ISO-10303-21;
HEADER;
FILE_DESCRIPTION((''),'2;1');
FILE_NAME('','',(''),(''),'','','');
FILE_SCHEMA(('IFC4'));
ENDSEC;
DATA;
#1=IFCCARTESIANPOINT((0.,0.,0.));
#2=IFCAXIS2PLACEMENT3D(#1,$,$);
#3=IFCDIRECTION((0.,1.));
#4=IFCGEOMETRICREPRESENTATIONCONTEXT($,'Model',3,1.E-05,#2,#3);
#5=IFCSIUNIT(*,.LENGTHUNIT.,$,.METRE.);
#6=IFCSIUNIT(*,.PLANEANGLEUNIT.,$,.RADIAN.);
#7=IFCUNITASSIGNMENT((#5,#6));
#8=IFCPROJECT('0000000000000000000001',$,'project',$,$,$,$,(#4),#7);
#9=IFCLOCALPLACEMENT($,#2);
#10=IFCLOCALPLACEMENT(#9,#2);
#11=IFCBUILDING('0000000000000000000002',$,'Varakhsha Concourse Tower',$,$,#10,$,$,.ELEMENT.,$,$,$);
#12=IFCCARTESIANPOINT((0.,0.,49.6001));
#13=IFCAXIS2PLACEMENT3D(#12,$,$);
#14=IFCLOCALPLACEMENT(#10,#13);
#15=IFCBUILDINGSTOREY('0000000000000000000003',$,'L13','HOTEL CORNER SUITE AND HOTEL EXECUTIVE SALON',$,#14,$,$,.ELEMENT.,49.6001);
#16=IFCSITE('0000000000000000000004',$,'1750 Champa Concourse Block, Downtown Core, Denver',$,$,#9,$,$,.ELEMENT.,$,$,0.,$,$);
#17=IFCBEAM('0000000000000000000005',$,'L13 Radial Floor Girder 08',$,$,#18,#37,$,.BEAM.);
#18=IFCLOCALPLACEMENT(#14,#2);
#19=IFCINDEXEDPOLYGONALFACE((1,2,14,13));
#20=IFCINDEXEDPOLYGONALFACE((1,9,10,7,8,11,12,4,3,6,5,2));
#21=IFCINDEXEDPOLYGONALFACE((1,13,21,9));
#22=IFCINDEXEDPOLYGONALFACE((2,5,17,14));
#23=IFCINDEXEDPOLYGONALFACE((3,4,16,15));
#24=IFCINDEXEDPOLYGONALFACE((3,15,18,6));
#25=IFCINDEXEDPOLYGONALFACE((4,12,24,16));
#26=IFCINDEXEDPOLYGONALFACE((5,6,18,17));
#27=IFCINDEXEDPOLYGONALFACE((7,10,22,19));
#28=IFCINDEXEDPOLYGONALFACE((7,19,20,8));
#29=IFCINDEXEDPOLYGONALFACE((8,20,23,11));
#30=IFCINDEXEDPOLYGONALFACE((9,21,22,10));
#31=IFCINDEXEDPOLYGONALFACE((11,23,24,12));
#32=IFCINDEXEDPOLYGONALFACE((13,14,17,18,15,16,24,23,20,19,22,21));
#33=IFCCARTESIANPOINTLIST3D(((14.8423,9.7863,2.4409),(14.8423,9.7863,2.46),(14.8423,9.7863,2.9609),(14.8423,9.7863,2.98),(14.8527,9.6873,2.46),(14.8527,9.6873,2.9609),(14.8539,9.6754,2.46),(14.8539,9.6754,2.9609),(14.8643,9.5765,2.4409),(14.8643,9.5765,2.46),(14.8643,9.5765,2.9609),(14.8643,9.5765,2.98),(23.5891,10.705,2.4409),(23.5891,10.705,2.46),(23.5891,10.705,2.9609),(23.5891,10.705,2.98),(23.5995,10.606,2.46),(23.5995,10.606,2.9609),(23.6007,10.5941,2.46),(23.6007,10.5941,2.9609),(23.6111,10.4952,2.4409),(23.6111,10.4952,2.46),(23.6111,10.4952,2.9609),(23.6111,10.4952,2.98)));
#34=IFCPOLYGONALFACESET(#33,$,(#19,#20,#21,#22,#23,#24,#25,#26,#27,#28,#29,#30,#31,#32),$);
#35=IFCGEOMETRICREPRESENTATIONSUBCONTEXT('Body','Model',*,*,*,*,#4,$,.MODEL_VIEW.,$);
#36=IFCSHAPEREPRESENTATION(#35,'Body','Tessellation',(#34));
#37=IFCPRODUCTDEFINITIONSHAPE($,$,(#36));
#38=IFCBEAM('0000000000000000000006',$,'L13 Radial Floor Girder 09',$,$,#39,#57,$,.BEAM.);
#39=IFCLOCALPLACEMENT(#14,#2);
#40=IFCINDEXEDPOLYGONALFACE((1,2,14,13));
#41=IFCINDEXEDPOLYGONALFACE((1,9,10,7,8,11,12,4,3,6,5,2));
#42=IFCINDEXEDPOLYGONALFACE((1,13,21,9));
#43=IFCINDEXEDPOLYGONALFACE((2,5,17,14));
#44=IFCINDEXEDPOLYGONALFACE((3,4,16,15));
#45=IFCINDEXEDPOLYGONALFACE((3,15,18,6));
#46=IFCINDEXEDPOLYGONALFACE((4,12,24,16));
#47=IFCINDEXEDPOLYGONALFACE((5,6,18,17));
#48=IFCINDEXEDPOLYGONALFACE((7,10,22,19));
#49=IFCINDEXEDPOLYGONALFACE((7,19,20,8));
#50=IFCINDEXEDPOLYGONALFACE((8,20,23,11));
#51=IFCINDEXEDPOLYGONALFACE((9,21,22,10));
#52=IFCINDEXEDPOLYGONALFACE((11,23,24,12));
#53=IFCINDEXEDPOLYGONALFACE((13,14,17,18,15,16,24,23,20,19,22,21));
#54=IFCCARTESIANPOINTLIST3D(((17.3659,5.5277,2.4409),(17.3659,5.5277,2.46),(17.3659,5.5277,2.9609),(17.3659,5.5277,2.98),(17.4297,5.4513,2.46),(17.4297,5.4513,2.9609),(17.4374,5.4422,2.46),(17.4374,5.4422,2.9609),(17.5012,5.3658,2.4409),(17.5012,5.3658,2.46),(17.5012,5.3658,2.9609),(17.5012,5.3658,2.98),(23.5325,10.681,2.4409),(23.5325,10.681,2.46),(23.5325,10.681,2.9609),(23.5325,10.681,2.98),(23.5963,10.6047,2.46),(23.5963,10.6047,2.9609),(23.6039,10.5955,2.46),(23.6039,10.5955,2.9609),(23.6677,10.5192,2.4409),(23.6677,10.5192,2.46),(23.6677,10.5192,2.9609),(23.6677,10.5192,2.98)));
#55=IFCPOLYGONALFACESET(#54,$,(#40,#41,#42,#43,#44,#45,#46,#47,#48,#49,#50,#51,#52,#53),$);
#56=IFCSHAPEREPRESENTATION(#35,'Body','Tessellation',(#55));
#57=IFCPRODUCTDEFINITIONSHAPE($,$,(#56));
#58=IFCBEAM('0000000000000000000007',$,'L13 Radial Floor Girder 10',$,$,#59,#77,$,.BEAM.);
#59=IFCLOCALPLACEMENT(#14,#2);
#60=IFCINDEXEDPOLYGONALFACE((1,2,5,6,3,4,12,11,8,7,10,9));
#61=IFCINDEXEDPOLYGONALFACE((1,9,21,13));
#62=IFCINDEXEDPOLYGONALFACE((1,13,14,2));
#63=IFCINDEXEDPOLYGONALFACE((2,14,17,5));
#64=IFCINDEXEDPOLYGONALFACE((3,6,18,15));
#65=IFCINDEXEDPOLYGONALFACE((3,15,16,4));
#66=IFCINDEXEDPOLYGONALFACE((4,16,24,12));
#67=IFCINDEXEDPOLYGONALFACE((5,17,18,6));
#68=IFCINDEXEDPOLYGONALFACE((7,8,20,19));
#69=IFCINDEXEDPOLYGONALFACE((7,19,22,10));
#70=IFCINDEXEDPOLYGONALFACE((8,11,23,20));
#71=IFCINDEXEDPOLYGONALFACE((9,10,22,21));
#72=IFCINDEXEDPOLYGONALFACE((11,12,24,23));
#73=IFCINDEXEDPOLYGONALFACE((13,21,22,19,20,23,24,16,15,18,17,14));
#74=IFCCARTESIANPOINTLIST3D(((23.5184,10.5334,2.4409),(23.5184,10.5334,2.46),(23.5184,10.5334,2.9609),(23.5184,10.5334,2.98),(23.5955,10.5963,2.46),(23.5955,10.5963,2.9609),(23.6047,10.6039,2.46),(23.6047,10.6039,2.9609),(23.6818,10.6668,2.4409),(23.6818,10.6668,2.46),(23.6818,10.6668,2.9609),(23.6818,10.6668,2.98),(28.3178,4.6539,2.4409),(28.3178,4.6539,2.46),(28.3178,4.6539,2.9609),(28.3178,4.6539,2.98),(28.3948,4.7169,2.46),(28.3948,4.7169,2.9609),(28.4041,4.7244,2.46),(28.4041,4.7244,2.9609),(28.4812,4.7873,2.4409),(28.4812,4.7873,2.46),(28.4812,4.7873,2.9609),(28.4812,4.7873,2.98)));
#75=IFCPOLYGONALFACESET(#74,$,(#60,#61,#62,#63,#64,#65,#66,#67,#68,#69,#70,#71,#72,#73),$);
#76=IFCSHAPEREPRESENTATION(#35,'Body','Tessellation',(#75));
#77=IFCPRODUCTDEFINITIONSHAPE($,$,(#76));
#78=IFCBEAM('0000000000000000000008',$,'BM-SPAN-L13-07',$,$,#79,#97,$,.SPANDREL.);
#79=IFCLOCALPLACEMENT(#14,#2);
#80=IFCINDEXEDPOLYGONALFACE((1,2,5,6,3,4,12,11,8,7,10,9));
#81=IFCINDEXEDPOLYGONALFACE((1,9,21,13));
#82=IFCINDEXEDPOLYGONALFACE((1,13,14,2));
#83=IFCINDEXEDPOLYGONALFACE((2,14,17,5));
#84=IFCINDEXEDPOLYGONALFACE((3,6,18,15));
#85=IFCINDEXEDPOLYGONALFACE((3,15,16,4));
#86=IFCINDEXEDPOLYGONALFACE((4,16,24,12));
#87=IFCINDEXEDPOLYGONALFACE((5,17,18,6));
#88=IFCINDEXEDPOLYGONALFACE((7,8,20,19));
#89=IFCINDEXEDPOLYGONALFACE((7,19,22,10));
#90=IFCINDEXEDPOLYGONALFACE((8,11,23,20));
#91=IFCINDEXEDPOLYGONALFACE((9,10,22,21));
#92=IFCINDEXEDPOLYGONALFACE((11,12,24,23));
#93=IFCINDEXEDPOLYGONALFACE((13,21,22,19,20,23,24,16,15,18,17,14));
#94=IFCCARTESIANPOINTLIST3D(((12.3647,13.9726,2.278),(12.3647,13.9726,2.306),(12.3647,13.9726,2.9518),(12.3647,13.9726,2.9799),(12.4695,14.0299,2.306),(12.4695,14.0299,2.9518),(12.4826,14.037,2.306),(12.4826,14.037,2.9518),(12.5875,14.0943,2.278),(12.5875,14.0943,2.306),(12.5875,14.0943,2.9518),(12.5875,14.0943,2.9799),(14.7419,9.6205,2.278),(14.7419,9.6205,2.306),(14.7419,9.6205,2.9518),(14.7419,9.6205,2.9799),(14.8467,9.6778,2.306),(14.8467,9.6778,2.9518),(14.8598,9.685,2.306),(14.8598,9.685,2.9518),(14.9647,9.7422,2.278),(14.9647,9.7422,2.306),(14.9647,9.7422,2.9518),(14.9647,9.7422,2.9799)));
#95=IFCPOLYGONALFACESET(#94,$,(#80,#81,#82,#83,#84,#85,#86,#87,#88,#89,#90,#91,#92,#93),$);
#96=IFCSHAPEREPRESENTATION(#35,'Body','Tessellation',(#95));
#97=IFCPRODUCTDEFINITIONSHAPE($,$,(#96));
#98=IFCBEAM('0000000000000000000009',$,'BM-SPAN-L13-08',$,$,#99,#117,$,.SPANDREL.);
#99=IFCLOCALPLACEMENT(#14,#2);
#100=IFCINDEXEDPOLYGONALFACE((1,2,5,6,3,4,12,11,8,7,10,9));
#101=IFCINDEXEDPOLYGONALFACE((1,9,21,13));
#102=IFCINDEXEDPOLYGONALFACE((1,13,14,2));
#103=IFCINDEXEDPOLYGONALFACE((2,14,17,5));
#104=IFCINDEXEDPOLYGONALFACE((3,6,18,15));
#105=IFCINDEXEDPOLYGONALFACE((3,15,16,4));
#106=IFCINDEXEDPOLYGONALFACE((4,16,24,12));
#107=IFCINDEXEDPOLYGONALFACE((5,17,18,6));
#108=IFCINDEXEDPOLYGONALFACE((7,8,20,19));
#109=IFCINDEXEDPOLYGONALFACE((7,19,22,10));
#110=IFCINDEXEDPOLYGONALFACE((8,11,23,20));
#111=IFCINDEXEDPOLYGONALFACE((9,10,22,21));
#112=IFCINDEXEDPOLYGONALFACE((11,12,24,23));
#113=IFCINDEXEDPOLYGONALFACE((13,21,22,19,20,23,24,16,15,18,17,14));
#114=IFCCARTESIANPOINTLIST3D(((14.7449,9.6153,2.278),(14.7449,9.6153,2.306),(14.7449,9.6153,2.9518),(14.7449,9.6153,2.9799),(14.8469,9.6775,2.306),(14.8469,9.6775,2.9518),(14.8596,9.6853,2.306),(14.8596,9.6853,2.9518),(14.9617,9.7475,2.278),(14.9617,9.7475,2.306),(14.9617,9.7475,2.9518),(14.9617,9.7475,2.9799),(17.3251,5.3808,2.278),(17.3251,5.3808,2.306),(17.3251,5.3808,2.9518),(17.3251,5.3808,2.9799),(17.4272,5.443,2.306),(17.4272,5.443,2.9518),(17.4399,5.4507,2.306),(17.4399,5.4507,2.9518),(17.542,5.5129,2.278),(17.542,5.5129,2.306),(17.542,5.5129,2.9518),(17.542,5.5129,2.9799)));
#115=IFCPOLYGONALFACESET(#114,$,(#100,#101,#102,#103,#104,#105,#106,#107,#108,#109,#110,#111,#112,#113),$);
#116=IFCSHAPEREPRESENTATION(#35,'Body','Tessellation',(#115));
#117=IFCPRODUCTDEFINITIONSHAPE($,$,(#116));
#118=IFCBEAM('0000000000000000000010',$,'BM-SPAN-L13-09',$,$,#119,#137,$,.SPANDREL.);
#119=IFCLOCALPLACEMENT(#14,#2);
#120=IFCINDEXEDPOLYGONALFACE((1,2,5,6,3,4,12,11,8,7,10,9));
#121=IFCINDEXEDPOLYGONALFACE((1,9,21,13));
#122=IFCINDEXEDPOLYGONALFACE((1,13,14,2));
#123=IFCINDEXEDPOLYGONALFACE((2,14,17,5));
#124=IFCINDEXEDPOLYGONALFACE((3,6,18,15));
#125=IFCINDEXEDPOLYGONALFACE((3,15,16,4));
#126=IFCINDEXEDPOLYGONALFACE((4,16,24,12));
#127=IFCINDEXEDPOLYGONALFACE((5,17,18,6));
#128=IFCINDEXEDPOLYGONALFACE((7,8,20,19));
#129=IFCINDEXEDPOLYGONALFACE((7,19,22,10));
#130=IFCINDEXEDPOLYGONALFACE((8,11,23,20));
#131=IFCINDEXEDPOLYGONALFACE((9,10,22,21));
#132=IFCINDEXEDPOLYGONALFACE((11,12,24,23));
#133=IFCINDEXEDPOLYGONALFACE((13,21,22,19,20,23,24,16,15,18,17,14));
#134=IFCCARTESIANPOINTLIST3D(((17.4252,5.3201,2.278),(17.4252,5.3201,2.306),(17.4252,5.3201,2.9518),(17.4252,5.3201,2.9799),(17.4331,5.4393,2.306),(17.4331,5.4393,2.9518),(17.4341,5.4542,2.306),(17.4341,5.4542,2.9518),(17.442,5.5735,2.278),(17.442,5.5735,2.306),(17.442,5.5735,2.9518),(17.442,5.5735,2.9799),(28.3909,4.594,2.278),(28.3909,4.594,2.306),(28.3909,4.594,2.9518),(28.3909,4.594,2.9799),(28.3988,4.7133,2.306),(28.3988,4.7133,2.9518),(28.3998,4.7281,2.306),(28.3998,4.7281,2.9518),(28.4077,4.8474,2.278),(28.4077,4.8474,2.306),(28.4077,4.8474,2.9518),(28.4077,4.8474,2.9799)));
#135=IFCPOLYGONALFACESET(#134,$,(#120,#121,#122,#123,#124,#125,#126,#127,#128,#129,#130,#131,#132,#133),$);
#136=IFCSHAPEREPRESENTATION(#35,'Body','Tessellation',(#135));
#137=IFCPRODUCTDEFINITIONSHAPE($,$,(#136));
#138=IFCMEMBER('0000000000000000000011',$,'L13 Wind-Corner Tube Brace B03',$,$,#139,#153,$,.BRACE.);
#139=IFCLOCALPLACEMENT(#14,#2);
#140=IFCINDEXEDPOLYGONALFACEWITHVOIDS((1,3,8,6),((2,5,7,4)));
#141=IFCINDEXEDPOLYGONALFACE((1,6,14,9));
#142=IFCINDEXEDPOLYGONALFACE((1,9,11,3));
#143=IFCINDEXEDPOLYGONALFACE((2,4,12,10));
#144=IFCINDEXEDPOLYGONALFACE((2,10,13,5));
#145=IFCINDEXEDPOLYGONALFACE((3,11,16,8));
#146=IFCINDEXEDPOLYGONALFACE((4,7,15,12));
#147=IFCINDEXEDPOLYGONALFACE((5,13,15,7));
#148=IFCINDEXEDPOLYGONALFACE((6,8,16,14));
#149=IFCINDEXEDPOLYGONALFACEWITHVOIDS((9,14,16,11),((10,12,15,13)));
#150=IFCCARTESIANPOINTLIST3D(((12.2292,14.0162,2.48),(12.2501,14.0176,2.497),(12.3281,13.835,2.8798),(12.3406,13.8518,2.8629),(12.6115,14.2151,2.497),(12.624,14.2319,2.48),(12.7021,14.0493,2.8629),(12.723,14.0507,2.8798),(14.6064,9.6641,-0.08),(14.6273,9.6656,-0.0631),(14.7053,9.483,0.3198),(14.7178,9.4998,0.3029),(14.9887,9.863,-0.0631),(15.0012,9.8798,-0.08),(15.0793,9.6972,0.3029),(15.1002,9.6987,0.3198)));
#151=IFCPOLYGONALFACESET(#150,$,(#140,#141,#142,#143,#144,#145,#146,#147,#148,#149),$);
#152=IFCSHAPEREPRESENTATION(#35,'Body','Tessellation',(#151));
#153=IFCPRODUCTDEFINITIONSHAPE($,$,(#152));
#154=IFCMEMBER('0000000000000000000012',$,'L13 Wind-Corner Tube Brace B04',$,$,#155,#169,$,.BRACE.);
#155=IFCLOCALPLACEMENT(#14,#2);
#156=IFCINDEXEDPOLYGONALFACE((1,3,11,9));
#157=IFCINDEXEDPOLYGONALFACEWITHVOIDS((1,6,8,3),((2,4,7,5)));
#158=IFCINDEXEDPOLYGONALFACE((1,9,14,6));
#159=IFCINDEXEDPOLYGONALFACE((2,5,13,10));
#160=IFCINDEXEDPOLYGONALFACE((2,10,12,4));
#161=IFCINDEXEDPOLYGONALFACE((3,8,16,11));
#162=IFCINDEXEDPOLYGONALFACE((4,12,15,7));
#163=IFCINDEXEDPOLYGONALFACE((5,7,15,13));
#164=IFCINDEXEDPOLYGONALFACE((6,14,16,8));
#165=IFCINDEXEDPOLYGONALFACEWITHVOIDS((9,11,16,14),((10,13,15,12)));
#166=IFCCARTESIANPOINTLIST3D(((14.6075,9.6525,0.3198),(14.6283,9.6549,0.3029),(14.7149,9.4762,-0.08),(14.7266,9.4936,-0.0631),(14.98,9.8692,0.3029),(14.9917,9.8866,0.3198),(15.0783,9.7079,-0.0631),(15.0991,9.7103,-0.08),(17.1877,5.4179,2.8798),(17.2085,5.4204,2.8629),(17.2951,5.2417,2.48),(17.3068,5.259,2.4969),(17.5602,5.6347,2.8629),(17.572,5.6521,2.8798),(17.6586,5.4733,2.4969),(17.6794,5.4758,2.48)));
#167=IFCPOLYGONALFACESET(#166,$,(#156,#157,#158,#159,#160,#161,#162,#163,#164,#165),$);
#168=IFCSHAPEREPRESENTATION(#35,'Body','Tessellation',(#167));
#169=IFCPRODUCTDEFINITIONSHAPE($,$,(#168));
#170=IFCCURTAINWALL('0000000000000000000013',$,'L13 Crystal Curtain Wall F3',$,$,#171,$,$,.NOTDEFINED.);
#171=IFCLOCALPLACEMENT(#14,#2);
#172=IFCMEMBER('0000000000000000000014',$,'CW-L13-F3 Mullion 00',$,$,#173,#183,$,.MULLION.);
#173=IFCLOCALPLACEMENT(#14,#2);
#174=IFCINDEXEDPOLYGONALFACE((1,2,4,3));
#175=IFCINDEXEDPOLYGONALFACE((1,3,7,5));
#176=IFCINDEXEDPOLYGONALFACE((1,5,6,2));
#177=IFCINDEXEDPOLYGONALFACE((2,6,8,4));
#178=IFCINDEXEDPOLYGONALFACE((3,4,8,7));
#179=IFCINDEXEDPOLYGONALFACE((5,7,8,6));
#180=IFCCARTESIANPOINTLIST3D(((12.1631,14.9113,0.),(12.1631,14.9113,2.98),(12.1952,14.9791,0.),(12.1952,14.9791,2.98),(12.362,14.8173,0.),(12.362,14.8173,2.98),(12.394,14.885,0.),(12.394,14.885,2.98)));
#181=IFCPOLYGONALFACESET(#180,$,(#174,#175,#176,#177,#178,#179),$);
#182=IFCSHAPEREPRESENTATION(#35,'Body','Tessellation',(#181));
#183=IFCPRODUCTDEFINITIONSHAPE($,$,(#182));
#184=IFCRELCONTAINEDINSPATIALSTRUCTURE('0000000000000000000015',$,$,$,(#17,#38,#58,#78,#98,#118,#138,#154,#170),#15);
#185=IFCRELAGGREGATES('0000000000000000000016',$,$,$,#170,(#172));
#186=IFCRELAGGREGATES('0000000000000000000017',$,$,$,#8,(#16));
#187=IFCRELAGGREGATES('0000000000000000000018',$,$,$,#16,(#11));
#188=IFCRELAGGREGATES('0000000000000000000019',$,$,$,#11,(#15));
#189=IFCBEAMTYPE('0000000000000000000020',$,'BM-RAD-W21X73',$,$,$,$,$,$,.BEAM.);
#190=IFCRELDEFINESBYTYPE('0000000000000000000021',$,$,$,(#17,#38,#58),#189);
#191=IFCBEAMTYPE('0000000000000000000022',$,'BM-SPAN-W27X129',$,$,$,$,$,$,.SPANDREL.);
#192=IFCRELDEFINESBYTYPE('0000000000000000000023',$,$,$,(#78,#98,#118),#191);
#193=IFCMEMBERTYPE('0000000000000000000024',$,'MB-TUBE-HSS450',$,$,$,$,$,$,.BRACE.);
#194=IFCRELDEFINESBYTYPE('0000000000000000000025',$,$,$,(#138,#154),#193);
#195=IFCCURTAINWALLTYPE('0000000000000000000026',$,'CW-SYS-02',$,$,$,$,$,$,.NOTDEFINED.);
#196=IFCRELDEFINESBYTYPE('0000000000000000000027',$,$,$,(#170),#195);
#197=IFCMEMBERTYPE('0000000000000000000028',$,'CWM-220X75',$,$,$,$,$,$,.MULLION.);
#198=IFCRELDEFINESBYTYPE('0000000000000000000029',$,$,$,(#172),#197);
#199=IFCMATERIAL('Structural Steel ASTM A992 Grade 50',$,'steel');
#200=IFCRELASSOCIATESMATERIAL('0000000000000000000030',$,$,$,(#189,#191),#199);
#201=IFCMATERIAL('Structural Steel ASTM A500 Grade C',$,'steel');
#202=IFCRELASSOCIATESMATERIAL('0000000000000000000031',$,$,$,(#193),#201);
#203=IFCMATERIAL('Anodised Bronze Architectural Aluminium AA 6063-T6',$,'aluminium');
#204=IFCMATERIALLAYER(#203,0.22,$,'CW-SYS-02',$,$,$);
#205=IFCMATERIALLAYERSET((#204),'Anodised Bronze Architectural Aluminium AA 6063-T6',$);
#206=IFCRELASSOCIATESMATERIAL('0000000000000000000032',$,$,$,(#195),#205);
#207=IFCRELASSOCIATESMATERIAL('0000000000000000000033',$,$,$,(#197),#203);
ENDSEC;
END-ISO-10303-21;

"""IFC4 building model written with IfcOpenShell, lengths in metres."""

from ifc_helpers import new_model, si_unit, direction, frame, origin, origin_2d, place, context, subcontext, project, spatial, rectangle, hollow_rectangle, i_section, extrude, source, transform, mapped, material, layer, layer_set, material_profile, profile_set, type_object, type_shapes, element, aggregate, save


model = new_model("IFC4")

# Units and contexts
model_context = context("Model", 3, precision=1e-05, world=origin(), true_north=direction((0.0, 1.0)))
body_context = subcontext(model_context, "Body", "Model", "MODEL_VIEW")
ifc_project = project(units=[si_unit("LENGTHUNIT", "METRE"), si_unit("PLANEANGLEUNIT", "RADIAN")], contexts=[model_context])

# Site, building, storey
site_placement = place(None, origin())
site = spatial("IfcSite", under=ifc_project, at=site_placement, Name="1750 Champa Concourse Block, Downtown Core, Denver", CompositionType="ELEMENT", RefElevation=0.0)
building_placement = place(site_placement, origin())
building = spatial("IfcBuilding", under=site, at=building_placement, Name="Varakhsha Concourse Tower", CompositionType="ELEMENT")
storey_placement = place(building_placement, frame((0.0, 0.0, 49.6001)))
storey = spatial("IfcBuildingStorey", under=building, at=storey_placement, Name="L13", Description="HOTEL CORNER SUITE AND HOTEL EXECUTIVE SALON", CompositionType="ELEMENT", Elevation=49.6001)

# Shared definitions
ifc_material_1 = material(Name="Structural Steel ASTM A992 Grade 50", Category="steel")

# Beams
ifc_material_profile_1 = material_profile(ifc_material_1, i_section(OverallWidth=0.2109, OverallDepth=0.5391, WebThickness=0.012, FlangeThickness=0.019, at=origin_2d()), Name="W21X73")
ifc_profile_set_1 = profile_set([ifc_material_profile_1], Name="Structural Steel ASTM A992 Grade 50")
beam_type_1 = type_object("IfcBeamType", Name="BM-RAD-W21X73", PredefinedType="BEAM", material=ifc_profile_set_1)
beam_1_placement = place(storey_placement, frame((23.6001, 10.6001, 2.7104), z_axis=(-0.994529, -0.104458, 0.0), x_axis=(0.104458, -0.994529, 0.0)))
element("IfcBeam", 1, at=beam_1_placement, inside=storey, type_object=beam_type_1, Name="L13 Radial Floor Girder 08", PredefinedType="BEAM", context=body_context, shape_type="SweptSolid", body=[
    extrude(i_section(OverallWidth=0.2109, OverallDepth=0.5391, WebThickness=0.012, FlangeThickness=0.019, at=origin_2d()), origin(), (0.0, 0.0, 1.0), 8.7949),
])
beam_2_placement = place(storey_placement, frame((23.6001, 10.6001, 2.7104), z_axis=(-0.767329, -0.641254, 0.0), x_axis=(0.641254, -0.767329, 0.0)))
element("IfcBeam", 2, at=beam_2_placement, inside=storey, type_object=beam_type_1, Name="L13 Radial Floor Girder 09", PredefinedType="BEAM", context=body_context, shape_type="SweptSolid", body=[
    extrude(i_section(OverallWidth=0.2109, OverallDepth=0.5391, WebThickness=0.012, FlangeThickness=0.019, at=origin_2d()), origin(), (0.0, 0.0, 1.0), 8.0364),
])
beam_3_placement = place(storey_placement, frame((23.6001, 10.6001, 2.7104), z_axis=(0.632362, -0.774673, 0.0), x_axis=(0.774673, 0.632362, 0.0)))
element("IfcBeam", 3, at=beam_3_placement, inside=storey, type_object=beam_type_1, Name="L13 Radial Floor Girder 10", PredefinedType="BEAM", context=body_context, shape_type="SweptSolid", body=[
    extrude(i_section(OverallWidth=0.2109, OverallDepth=0.5391, WebThickness=0.012, FlangeThickness=0.019, at=origin_2d()), origin(), (0.0, 0.0, 1.0), 7.5896),
])
ifc_material_profile_2 = material_profile(ifc_material_1, i_section(OverallWidth=0.2539, OverallDepth=0.7019, WebThickness=0.0149, FlangeThickness=0.0281, at=origin_2d()), Name="W27X129")
ifc_profile_set_2 = profile_set([ifc_material_profile_2], Name="Structural Steel ASTM A992 Grade 50")
beam_type_2 = type_object("IfcBeamType", Name="BM-SPAN-W27X129", PredefinedType="SPANDREL", material=ifc_profile_set_2)
beam_4_placement = place(storey_placement, frame((12.4761, 14.0334, 2.6289), z_axis=(0.479373, -0.877611, 0.0), x_axis=(0.877611, 0.479373, 0.0)))
element("IfcBeam", 4, at=beam_4_placement, inside=storey, type_object=beam_type_2, Name="BM-SPAN-L13-07", PredefinedType="SPANDREL", context=body_context, shape_type="SweptSolid", body=[
    extrude(i_section(OverallWidth=0.2539, OverallDepth=0.7019, WebThickness=0.0149, FlangeThickness=0.0281, at=origin_2d()), origin(), (0.0, 0.0, 1.0), 4.959),
])
beam_5_placement = place(storey_placement, frame((14.8533, 9.6814, 2.6289), z_axis=(0.520348, -0.853954, 0.0), x_axis=(0.853954, 0.520348, 0.0)))
element("IfcBeam", 5, at=beam_5_placement, inside=storey, type_object=beam_type_2, Name="BM-SPAN-L13-08", PredefinedType="SPANDREL", context=body_context, shape_type="SweptSolid", body=[
    extrude(i_section(OverallWidth=0.2539, OverallDepth=0.7019, WebThickness=0.0149, FlangeThickness=0.0281, at=origin_2d()), origin(), (0.0, 0.0, 1.0), 4.9587),
])
beam_6_placement = place(storey_placement, frame((17.4336, 5.4468, 2.6289), z_axis=(0.997815, -0.066068, 0.0), x_axis=(0.066068, 0.997815, 0.0)))
element("IfcBeam", 6, at=beam_6_placement, inside=storey, type_object=beam_type_2, Name="BM-SPAN-L13-09", PredefinedType="SPANDREL", context=body_context, shape_type="SweptSolid", body=[
    extrude(i_section(OverallWidth=0.2539, OverallDepth=0.7019, WebThickness=0.0149, FlangeThickness=0.0281, at=origin_2d()), origin(), (0.0, 0.0, 1.0), 10.9897),
])

# Members
ifc_material_2 = material(Name="Structural Steel ASTM A500 Grade C", Category="steel")
ifc_material_profile_3 = material_profile(ifc_material_2, hollow_rectangle(XDim=0.45, YDim=0.45, WallThickness=0.019, at=origin_2d()), Name="HSS 450x450x19")
ifc_profile_set_3 = profile_set([ifc_material_profile_3], Name="Structural Steel ASTM A500 Grade C")
member_type_1 = type_object("IfcMemberType", Name="MB-TUBE-HSS450", PredefinedType="BRACE", material=ifc_profile_set_3)
shared_shape_1 = source(origin(), body_context, "Body", "SweptSolid", [
    extrude(hollow_rectangle(XDim=0.45, YDim=0.45, WallThickness=0.019, at=origin_2d()), origin(), (0.0, 0.0, 1.0), 5.5808),
])
member_1_placement = place(storey_placement, frame((14.8533, 9.6814, 0.1199), z_axis=(-0.42596, 0.779826, 0.458726), x_axis=(-0.877611, -0.479373, 0.0)))
element("IfcMember", 7, at=member_1_placement, inside=storey, type_object=member_type_1, Name="L13 Wind-Corner Tube Brace B03", PredefinedType="BRACE", context=body_context, shape_type="MappedRepresentation", body=[
    mapped(shared_shape_1, transform((0.0, 0.0, 0.0), scale=1.0)),
])
shared_shape_2 = source(origin(), body_context, "Body", "SweptSolid", [
    extrude(hollow_rectangle(XDim=0.45, YDim=0.45, WallThickness=0.019, at=origin_2d()), origin(), (0.0, 0.0, 1.0), 5.5806),
])
type_shapes(member_type_1, [shared_shape_1, shared_shape_2])
member_2_placement = place(storey_placement, frame((14.8533, 9.6814, 0.1199), z_axis=(0.462367, -0.7588, 0.458736), x_axis=(0.853954, 0.520348, 0.0)))
element("IfcMember", 8, at=member_2_placement, inside=storey, type_object=member_type_1, Name="L13 Wind-Corner Tube Brace B04", PredefinedType="BRACE", context=body_context, shape_type="MappedRepresentation", body=[
    mapped(shared_shape_2, transform((0.0, 0.0, 0.0), scale=1.0)),
])

# Curtain wall, member
ifc_material_3 = material(Name="Anodised Bronze Architectural Aluminium AA 6063-T6", Category="aluminium")
ifc_layer_1 = layer(ifc_material_3, 0.22, Name="CW-SYS-02")
ifc_layer_set_1 = layer_set([ifc_layer_1], Name="Anodised Bronze Architectural Aluminium AA 6063-T6")
curtain_wall_type = type_object("IfcCurtainWallType", Name="CW-SYS-02", PredefinedType="NOTDEFINED", material=ifc_layer_set_1)
curtain_wall_1_placement = place(storey_placement, origin())
curtain_wall_1 = element("IfcCurtainWall", 9, at=curtain_wall_1_placement, inside=storey, type_object=curtain_wall_type, Name="L13 Crystal Curtain Wall F3", PredefinedType="NOTDEFINED")
ifc_material_profile_4 = material_profile(ifc_material_3, rectangle(XDim=0.075, YDim=0.22, at=origin_2d()), Name="CWM-220X75")
ifc_profile_set_4 = profile_set([ifc_material_profile_4], Name="Anodised Bronze Architectural Aluminium AA 6063-T6")
member_type_2 = type_object("IfcMemberType", Name="CWM-220X75", PredefinedType="MULLION", material=ifc_profile_set_4)
shared_shape_3 = source(origin(), body_context, "Body", "SweptSolid", [
    extrude(rectangle(XDim=0.075, YDim=0.22, at=origin_2d()), origin(), (0.0, 0.0, 1.0), 2.98),
])
type_shapes(member_type_2, [shared_shape_3])
member_3_placement = place(storey_placement, frame((12.2786, 14.8982, 0.0), z_axis=(0.0, 0.0, 1.0), x_axis=(0.427604, 0.903966, 0.0)))
member_3 = element("IfcMember", 10, at=member_3_placement, type_object=member_type_2, Name="CW-L13-F3 Mullion 00", PredefinedType="MULLION", context=body_context, shape_type="MappedRepresentation", body=[
    mapped(shared_shape_3, transform((0.0, 0.0, 0.0), scale=1.0)),
])

aggregate(curtain_wall_1, [member_3])

save(model, "model.ifc")
